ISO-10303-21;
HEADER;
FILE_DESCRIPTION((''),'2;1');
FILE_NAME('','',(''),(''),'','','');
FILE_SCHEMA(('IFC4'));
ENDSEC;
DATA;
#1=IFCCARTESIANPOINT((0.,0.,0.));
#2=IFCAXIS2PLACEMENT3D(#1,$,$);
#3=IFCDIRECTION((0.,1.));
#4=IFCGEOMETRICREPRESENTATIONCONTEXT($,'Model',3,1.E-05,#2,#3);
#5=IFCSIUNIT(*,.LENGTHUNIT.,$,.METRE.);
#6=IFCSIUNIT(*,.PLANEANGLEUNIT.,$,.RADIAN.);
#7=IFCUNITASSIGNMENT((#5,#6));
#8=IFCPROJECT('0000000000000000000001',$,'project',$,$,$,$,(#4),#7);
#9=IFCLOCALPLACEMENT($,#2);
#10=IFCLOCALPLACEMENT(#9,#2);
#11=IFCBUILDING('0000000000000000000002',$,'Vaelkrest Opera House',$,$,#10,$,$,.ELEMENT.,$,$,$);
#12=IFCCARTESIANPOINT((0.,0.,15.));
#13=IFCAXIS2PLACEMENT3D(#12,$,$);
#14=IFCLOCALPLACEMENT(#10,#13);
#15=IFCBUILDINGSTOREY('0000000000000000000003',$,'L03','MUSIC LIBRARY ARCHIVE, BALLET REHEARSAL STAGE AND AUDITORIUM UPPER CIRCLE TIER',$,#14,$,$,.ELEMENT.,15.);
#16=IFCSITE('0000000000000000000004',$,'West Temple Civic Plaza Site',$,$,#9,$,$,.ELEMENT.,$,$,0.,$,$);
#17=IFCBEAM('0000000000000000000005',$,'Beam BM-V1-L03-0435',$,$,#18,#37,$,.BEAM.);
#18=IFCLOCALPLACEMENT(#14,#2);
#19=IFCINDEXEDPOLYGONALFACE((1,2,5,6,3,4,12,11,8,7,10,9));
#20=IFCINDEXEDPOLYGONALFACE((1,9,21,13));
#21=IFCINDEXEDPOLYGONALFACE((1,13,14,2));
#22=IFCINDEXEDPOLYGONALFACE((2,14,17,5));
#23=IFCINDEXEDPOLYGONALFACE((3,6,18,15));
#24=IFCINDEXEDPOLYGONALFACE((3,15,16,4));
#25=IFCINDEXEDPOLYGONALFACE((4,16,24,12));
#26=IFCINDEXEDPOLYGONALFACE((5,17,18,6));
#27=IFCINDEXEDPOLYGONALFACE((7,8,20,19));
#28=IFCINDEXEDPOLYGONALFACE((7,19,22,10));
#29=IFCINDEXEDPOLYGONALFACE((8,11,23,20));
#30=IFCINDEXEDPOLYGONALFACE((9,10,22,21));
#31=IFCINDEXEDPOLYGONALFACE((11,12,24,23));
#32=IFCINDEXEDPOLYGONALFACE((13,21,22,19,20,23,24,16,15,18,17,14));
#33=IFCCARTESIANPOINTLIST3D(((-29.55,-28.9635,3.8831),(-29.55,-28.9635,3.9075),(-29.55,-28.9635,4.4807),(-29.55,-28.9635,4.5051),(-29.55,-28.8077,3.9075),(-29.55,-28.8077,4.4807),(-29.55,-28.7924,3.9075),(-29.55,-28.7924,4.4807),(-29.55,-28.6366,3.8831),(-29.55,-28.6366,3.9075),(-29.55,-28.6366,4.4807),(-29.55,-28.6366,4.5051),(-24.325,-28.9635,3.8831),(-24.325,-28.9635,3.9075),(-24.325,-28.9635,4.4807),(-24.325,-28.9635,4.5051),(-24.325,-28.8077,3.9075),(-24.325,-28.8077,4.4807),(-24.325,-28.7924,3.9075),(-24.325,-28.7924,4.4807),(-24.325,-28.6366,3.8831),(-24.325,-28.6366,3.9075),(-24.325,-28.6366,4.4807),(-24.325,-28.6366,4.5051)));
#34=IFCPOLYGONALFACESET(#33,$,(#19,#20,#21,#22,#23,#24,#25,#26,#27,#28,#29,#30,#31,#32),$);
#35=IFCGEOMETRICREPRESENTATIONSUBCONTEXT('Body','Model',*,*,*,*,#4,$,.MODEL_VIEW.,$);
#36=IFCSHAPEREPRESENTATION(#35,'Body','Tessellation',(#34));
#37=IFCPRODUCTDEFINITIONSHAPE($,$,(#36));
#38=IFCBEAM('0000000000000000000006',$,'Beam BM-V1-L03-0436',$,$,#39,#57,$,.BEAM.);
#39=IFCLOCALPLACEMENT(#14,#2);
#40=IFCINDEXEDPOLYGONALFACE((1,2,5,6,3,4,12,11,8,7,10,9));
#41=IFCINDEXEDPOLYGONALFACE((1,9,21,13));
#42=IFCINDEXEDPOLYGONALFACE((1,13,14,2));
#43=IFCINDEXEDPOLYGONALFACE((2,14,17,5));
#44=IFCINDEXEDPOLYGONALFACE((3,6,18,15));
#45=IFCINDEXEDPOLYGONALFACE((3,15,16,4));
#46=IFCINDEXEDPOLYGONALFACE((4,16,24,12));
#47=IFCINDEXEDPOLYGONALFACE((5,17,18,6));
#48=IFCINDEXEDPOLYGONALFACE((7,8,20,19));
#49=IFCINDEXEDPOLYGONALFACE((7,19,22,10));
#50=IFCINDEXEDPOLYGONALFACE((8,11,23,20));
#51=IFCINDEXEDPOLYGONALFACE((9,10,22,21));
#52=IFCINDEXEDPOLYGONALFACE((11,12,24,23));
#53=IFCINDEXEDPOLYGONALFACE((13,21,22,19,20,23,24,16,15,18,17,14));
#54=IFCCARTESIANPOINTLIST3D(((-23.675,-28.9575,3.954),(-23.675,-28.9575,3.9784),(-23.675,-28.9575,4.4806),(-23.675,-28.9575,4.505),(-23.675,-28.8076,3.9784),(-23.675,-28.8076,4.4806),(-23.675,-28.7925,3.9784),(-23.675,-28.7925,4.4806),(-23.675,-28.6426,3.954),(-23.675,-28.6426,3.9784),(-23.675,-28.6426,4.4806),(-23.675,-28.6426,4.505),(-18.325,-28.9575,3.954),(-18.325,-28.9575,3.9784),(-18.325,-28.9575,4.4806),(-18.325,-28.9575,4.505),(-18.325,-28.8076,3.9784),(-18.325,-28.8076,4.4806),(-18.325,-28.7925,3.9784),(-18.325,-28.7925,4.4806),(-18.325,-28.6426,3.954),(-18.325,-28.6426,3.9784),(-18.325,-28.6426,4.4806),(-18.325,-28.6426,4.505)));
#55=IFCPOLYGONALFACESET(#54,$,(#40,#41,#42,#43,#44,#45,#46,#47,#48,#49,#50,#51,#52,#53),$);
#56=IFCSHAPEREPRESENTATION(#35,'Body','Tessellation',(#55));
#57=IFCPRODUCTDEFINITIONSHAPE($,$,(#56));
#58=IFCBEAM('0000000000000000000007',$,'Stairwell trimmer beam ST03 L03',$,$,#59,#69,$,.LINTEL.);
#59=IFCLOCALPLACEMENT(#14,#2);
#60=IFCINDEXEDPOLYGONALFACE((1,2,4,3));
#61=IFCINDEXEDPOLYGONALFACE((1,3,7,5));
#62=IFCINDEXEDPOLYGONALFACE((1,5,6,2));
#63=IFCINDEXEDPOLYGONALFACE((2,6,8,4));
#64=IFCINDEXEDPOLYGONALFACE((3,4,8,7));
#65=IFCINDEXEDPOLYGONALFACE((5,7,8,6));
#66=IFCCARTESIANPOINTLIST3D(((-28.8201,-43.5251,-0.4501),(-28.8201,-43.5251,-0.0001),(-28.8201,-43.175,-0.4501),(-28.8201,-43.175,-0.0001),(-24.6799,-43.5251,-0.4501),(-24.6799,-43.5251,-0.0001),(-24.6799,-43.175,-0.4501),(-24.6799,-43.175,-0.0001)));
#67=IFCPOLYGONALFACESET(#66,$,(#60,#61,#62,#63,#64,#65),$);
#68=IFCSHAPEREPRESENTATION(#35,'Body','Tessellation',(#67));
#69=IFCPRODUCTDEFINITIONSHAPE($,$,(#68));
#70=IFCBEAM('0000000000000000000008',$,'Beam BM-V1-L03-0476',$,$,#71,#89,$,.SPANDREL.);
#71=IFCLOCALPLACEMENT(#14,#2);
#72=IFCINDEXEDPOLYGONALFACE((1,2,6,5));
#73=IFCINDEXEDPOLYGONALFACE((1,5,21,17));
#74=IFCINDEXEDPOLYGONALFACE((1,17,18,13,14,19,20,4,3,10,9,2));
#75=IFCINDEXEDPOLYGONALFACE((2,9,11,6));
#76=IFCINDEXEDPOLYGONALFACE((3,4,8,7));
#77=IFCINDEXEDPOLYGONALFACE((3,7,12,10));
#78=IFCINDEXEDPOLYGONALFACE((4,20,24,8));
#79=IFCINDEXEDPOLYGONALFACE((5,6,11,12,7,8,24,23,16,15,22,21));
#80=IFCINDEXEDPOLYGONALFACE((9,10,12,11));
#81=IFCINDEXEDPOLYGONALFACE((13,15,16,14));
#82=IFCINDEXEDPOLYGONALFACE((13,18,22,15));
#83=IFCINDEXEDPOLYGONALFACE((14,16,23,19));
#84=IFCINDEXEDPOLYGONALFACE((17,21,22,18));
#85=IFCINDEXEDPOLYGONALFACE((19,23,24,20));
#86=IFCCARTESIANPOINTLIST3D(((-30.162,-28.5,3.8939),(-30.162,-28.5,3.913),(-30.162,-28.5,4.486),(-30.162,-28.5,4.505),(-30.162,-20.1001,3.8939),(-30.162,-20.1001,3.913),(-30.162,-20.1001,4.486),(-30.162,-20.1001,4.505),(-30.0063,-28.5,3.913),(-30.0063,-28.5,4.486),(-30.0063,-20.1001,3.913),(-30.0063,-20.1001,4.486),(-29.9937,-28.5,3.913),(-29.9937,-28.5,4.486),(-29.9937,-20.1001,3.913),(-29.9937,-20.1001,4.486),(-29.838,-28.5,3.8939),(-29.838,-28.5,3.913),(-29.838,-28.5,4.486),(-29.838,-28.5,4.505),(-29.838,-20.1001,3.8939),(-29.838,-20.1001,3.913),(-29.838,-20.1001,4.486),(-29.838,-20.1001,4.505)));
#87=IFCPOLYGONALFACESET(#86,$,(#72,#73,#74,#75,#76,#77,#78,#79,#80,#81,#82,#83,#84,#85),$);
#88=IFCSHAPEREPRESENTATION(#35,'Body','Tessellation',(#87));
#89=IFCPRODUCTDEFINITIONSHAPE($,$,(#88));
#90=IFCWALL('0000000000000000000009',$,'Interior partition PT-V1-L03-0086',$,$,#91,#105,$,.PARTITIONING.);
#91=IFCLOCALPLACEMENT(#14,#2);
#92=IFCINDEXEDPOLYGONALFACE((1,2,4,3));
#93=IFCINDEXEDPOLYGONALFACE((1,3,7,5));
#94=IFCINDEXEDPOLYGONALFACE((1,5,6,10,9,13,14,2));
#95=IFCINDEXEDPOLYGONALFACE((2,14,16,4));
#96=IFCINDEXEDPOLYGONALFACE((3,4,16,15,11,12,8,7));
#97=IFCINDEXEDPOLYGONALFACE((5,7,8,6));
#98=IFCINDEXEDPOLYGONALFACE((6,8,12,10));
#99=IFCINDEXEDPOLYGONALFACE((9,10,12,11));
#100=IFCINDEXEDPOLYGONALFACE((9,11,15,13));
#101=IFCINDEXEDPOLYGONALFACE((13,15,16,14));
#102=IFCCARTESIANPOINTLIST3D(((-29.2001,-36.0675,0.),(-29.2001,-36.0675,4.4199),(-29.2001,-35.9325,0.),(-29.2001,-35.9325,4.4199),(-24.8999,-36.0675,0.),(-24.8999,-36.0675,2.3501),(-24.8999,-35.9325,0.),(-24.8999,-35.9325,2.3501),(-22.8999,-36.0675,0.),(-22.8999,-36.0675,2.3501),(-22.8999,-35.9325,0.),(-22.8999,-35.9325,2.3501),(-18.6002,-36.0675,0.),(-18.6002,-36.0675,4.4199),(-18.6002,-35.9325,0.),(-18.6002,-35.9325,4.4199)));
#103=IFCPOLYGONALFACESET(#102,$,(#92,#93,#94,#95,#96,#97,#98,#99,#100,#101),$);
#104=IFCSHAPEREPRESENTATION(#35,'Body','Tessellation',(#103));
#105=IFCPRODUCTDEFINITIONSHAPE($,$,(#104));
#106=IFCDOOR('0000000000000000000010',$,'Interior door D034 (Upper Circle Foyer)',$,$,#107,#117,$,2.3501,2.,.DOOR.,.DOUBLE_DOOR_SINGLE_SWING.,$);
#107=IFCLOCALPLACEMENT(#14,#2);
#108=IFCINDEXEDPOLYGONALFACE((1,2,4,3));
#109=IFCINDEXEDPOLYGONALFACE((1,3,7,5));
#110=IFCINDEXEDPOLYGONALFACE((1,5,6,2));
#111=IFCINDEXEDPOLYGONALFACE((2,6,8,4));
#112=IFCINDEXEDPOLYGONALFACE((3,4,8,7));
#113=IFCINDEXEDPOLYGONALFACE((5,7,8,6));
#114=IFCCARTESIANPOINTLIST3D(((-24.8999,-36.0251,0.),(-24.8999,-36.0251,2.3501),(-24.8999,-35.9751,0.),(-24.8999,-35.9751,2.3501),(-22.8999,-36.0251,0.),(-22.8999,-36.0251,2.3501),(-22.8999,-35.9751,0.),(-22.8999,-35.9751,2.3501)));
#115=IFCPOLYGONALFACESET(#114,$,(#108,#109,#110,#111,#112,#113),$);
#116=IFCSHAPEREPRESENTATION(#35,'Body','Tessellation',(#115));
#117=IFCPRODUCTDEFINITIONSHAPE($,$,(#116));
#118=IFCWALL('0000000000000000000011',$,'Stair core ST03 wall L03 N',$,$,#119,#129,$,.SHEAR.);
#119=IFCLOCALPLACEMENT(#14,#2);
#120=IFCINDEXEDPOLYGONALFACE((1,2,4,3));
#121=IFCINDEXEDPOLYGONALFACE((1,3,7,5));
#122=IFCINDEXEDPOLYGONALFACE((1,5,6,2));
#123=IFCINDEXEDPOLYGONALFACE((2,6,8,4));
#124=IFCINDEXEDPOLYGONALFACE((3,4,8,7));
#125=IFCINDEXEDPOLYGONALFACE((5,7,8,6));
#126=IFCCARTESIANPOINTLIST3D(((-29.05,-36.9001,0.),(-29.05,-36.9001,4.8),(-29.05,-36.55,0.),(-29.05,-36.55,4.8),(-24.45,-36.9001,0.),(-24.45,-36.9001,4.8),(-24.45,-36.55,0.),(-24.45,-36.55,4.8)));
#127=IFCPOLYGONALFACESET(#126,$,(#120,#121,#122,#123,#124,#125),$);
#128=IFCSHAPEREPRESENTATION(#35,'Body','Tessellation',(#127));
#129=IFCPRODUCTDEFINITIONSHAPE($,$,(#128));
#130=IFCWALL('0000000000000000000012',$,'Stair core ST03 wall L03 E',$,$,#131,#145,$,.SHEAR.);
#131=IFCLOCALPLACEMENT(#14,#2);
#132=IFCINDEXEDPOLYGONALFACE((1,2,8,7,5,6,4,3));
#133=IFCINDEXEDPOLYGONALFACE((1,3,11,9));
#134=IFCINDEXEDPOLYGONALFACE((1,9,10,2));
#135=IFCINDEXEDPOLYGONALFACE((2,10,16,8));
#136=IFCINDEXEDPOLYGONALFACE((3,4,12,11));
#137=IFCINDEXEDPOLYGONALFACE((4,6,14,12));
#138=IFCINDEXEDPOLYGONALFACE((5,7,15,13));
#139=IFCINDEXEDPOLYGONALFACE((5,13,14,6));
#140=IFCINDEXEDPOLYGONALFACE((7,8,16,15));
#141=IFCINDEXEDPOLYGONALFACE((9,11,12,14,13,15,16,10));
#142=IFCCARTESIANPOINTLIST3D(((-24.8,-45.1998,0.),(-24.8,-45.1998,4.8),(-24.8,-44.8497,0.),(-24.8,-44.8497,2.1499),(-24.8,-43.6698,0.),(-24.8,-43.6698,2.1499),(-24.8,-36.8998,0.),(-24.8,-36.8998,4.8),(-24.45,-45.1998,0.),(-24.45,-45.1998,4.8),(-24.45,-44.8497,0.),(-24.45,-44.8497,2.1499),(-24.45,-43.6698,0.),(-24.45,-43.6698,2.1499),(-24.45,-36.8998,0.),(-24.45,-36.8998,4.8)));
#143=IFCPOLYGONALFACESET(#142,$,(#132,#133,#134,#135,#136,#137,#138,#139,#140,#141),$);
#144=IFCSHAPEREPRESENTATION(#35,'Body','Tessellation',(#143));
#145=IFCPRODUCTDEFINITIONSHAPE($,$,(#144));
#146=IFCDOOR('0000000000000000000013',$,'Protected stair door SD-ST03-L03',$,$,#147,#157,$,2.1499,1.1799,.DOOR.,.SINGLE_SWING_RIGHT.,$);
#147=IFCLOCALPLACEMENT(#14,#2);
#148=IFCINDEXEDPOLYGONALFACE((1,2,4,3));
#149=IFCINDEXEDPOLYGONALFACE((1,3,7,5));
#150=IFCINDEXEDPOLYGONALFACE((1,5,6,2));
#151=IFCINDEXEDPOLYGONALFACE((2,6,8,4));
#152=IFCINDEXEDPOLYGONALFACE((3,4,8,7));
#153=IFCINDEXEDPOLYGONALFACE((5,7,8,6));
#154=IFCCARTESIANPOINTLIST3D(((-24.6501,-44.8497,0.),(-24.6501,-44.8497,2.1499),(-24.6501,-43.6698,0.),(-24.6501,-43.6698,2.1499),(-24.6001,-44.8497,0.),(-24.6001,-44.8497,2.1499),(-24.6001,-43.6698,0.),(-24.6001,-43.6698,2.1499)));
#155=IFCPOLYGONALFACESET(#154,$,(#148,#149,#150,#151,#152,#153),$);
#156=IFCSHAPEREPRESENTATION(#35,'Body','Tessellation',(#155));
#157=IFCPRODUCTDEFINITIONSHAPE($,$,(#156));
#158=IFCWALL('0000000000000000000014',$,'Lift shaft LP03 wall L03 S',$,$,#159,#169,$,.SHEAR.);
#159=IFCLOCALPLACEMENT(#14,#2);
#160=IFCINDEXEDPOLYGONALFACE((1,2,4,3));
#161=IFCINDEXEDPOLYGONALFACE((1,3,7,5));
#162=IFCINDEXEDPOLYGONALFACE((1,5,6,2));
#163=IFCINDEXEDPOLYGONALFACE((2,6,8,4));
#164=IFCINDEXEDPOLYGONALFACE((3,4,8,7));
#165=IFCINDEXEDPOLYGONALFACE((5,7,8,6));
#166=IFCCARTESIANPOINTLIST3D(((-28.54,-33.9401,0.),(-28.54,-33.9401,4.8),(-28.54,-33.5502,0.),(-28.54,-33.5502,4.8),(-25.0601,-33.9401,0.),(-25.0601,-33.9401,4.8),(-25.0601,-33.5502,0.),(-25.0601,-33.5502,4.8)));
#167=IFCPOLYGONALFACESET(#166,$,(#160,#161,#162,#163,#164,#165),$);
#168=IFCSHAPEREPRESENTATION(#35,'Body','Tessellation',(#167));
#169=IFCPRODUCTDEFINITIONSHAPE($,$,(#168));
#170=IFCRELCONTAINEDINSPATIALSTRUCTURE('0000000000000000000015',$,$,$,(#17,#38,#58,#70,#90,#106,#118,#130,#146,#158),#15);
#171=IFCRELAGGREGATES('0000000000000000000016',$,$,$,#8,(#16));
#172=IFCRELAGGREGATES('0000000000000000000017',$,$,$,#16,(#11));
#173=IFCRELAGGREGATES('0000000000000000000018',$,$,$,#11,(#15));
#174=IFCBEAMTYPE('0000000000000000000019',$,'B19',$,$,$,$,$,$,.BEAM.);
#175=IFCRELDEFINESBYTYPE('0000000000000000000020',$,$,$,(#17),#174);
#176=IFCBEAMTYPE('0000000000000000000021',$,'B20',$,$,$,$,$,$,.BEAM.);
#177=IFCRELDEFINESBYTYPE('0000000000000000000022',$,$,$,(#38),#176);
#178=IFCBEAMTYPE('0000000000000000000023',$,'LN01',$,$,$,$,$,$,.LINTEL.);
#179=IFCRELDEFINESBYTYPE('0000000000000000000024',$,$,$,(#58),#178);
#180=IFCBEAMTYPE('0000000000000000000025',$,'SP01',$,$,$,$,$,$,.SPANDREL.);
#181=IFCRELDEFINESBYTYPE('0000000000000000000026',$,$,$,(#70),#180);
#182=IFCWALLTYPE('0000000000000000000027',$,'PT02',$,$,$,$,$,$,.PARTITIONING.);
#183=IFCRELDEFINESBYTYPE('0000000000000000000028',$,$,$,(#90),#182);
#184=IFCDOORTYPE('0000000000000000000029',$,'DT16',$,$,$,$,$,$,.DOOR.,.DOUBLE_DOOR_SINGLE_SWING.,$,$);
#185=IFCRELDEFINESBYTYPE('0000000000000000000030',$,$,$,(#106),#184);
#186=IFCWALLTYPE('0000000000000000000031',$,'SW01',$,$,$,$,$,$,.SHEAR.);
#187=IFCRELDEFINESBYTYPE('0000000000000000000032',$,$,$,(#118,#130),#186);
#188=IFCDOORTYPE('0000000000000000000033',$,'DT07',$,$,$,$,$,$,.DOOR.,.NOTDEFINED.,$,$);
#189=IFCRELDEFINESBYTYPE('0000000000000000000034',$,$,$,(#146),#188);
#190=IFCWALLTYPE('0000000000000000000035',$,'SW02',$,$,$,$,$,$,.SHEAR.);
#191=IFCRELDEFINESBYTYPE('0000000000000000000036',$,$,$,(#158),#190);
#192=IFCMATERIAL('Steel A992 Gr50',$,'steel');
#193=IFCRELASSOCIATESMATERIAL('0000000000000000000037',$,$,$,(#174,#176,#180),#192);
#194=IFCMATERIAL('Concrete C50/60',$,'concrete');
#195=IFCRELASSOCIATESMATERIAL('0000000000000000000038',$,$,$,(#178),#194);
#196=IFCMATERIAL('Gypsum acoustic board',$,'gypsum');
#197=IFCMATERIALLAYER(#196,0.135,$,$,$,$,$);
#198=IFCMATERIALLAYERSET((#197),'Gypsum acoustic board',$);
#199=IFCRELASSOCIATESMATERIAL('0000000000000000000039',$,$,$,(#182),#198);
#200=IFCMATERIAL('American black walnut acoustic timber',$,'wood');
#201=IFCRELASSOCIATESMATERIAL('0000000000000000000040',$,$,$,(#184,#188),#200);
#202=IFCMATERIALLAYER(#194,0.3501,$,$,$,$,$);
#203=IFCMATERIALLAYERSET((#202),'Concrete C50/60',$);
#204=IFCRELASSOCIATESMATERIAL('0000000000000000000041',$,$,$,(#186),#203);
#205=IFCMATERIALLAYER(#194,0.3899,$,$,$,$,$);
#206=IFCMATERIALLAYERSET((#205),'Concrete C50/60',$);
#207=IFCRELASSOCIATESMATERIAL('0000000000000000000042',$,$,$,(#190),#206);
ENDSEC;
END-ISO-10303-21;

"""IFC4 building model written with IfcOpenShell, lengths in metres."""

from ifc_helpers import new_model, si_unit, direction, frame, frame_2d, origin, origin_2d, place, context, subcontext, project, spatial, rectangle, i_section, extrude, material, layer, layer_set, material_profile, profile_set, type_object, element, fill, save


model = new_model("IFC4")

# Units and contexts
model_context = context("Model", 3, precision=1e-05, world=origin(), true_north=direction((0.0, 1.0)))
body_context = subcontext(model_context, "Body", "Model", "MODEL_VIEW")
ifc_project = project(units=[si_unit("LENGTHUNIT", "METRE"), si_unit("PLANEANGLEUNIT", "RADIAN")], contexts=[model_context])

# Site, building, storey
site_placement = place(None, origin())
site = spatial("IfcSite", under=ifc_project, at=site_placement, Name="West Temple Civic Plaza Site", CompositionType="ELEMENT", RefElevation=0.0)
building_placement = place(site_placement, origin())
building = spatial("IfcBuilding", under=site, at=building_placement, Name="Vaelkrest Opera House", CompositionType="ELEMENT")
storey_placement = place(building_placement, frame((0.0, 0.0, 15.0)))
storey = spatial("IfcBuildingStorey", under=building, at=storey_placement, Name="L03", Description="MUSIC LIBRARY ARCHIVE, BALLET REHEARSAL STAGE AND AUDITORIUM UPPER CIRCLE TIER", CompositionType="ELEMENT", Elevation=15.0)

# Shared definitions
ifc_material_1 = material(Name="Concrete C50/60", Category="concrete")

# Beams
ifc_material_2 = material(Name="Steel A992 Gr50", Category="steel")
ifc_material_profile_1 = material_profile(ifc_material_2, i_section(OverallWidth=0.3269, OverallDepth=0.6221, WebThickness=0.0154, FlangeThickness=0.0244, at=origin_2d()), Name="W24X131")
ifc_profile_set_1 = profile_set([ifc_material_profile_1], Name="Steel A992 Gr50")
beam_type_1 = type_object("IfcBeamType", Name="B19", PredefinedType="BEAM", material=ifc_profile_set_1)
beam_1_placement = place(storey_placement, frame((-29.55, -28.8, 4.1941), z_axis=(1.0, 0.0, 0.0), x_axis=(0.0, 1.0, 0.0)))
element("IfcBeam", 1, at=beam_1_placement, inside=storey, type_object=beam_type_1, Name="Beam BM-V1-L03-0435", PredefinedType="BEAM", context=body_context, shape_type="SweptSolid", body=[
    extrude(i_section(OverallWidth=0.3269, OverallDepth=0.6221, WebThickness=0.0154, FlangeThickness=0.0244, at=origin_2d()), origin(), (0.0, 0.0, 1.0), 5.2251),
])
ifc_material_profile_2 = material_profile(ifc_material_2, i_section(OverallWidth=0.3149, OverallDepth=0.551, WebThickness=0.0151, FlangeThickness=0.0244, at=origin_2d()), Name="W21X122")
ifc_profile_set_2 = profile_set([ifc_material_profile_2], Name="Steel A992 Gr50")
beam_type_2 = type_object("IfcBeamType", Name="B20", PredefinedType="BEAM", material=ifc_profile_set_2)
beam_2_placement = place(storey_placement, frame((-23.675, -28.8, 4.2295), z_axis=(1.0, 0.0, 0.0), x_axis=(0.0, 1.0, 0.0)))
element("IfcBeam", 2, at=beam_2_placement, inside=storey, type_object=beam_type_2, Name="Beam BM-V1-L03-0436", PredefinedType="BEAM", context=body_context, shape_type="SweptSolid", body=[
    extrude(i_section(OverallWidth=0.3149, OverallDepth=0.551, WebThickness=0.0151, FlangeThickness=0.0244, at=origin_2d()), origin(), (0.0, 0.0, 1.0), 5.3501),
])
ifc_material_profile_3 = material_profile(ifc_material_1, rectangle(XDim=0.3501, YDim=0.45, at=origin_2d()), Name="RCB350X450")
ifc_profile_set_3 = profile_set([ifc_material_profile_3], Name="Concrete C50/60")
beam_type_3 = type_object("IfcBeamType", Name="LN01", PredefinedType="LINTEL", material=ifc_profile_set_3)
beam_3_placement = place(storey_placement, frame((-28.8201, -43.3501, -0.2251), z_axis=(1.0, 0.0, 0.0), x_axis=(0.0, 1.0, 0.0)))
element("IfcBeam", 3, at=beam_3_placement, inside=storey, type_object=beam_type_3, Name="Stairwell trimmer beam ST03 L03", PredefinedType="LINTEL", context=body_context, shape_type="SweptSolid", body=[
    extrude(rectangle(XDim=0.3501, YDim=0.45, at=origin_2d()), origin(), (0.0, 0.0, 1.0), 4.1401),
])
ifc_material_profile_4 = material_profile(ifc_material_2, i_section(OverallWidth=0.324, OverallDepth=0.6111, WebThickness=0.0127, FlangeThickness=0.019, at=origin_2d()), Name="W24X104")
ifc_profile_set_4 = profile_set([ifc_material_profile_4], Name="Steel A992 Gr50")
beam_type_4 = type_object("IfcBeamType", Name="SP01", PredefinedType="SPANDREL", material=ifc_profile_set_4)
beam_4_placement = place(storey_placement, frame((-30.0, -28.5, 4.1995), z_axis=(0.0, 1.0, 0.0), x_axis=(-1.0, 0.0, 0.0)))
element("IfcBeam", 4, at=beam_4_placement, inside=storey, type_object=beam_type_4, Name="Beam BM-V1-L03-0476", PredefinedType="SPANDREL", context=body_context, shape_type="SweptSolid", body=[
    extrude(i_section(OverallWidth=0.324, OverallDepth=0.6111, WebThickness=0.0127, FlangeThickness=0.019, at=origin_2d()), origin(), (0.0, 0.0, 1.0), 8.3999),
])

# Wall, opening, door
ifc_material_3 = material(Name="Gypsum acoustic board", Category="gypsum")
ifc_layer_1 = layer(ifc_material_3, 0.135)
ifc_layer_set_1 = layer_set([ifc_layer_1], Name="Gypsum acoustic board")
wall_type_1 = type_object("IfcWallType", Name="PT02", PredefinedType="PARTITIONING", material=ifc_layer_set_1)
wall_1_placement = place(storey_placement, frame((-29.2, -36.0, 0.0), z_axis=(0.0, 0.0, 1.0), x_axis=(1.0, 0.0, 0.0)))
wall_1 = element("IfcWall", 5, at=wall_1_placement, inside=storey, type_object=wall_type_1, Name="Interior partition PT-V1-L03-0086", PredefinedType="PARTITIONING", context=body_context, shape_type="SweptSolid", body=[
    extrude(rectangle(XDim=10.5999, YDim=0.135, at=frame_2d((5.2998, 0.0))), origin(), (0.0, 0.0, 1.0), 4.4199),
])
opening_1_placement = place(wall_1_placement, frame((4.3, 0.0, 0.0)))
opening_1 = element("IfcOpeningElement", 6, at=opening_1_placement, cuts=wall_1, PredefinedType="OPENING", context=body_context, shape_type="SweptSolid", body=[
    extrude(rectangle(XDim=2.0, YDim=2.3501, at=frame_2d((1.0, 1.175))), frame((0.0, 0.0774, 0.0), z_axis=(0.0, -1.0, 0.0), x_axis=(1.0, 0.0, 0.0)), (0.0, 0.0, 1.0), 0.155),
])
ifc_material_4 = material(Name="American black walnut acoustic timber", Category="wood")
door_type_1 = type_object("IfcDoorType", Name="DT16", OperationType="DOUBLE_DOOR_SINGLE_SWING", PredefinedType="DOOR", material=ifc_material_4)
door_1_placement = place(opening_1_placement, origin())
door_1 = element("IfcDoor", 7, at=door_1_placement, inside=storey, type_object=door_type_1, Name="Interior door D034 (Upper Circle Foyer)", OperationType="DOUBLE_DOOR_SINGLE_SWING", OverallHeight=2.3501, OverallWidth=2.0, PredefinedType="DOOR", context=body_context, shape_type="SweptSolid", body=[
    extrude(rectangle(XDim=2.0, YDim=2.3501, at=frame_2d((1.0, 1.175))), frame((0.0, 0.0249, 0.0), z_axis=(0.0, -1.0, 0.0), x_axis=(1.0, 0.0, 0.0)), (0.0, 0.0, 1.0), 0.05),
])
fill(opening_1, door_1)

# Wall
ifc_layer_2 = layer(ifc_material_1, 0.3501)
ifc_layer_set_2 = layer_set([ifc_layer_2], Name="Concrete C50/60")
wall_type_2 = type_object("IfcWallType", Name="SW01", PredefinedType="SHEAR", material=ifc_layer_set_2)
wall_2_placement = place(storey_placement, frame((-29.05, -36.7251, 0.0), z_axis=(0.0, 0.0, 1.0), x_axis=(1.0, 0.0, 0.0)))
element("IfcWall", 8, at=wall_2_placement, inside=storey, type_object=wall_type_2, Name="Stair core ST03 wall L03 N", PredefinedType="SHEAR", context=body_context, shape_type="SweptSolid", body=[
    extrude(rectangle(XDim=4.6001, YDim=0.3501, at=frame_2d((2.3, 0.0))), origin(), (0.0, 0.0, 1.0), 4.8),
])

# Wall, opening, door
wall_3_placement = place(storey_placement, frame((-24.625, -36.8999, 0.0), z_axis=(0.0, 0.0, 1.0), x_axis=(0.0, -1.0, 0.0)))
wall_3 = element("IfcWall", 9, at=wall_3_placement, inside=storey, type_object=wall_type_2, Name="Stair core ST03 wall L03 E", PredefinedType="SHEAR", context=body_context, shape_type="SweptSolid", body=[
    extrude(rectangle(XDim=8.3, YDim=0.3501, at=frame_2d((4.1499, 0.0))), origin(), (0.0, 0.0, 1.0), 4.8),
])
opening_2_placement = place(wall_3_placement, frame((6.77, 0.0, 0.0)))
opening_2 = element("IfcOpeningElement", 10, at=opening_2_placement, cuts=wall_3, PredefinedType="OPENING", context=body_context, shape_type="SweptSolid", body=[
    extrude(rectangle(XDim=1.1799, YDim=2.1499, at=frame_2d((0.5898, 1.075))), frame((0.0, 0.1851, 0.0), z_axis=(0.0, -1.0, 0.0), x_axis=(1.0, 0.0, 0.0)), (0.0, 0.0, 1.0), 0.3701),
])
door_type_2 = type_object("IfcDoorType", Name="DT07", OperationType="NOTDEFINED", PredefinedType="DOOR", material=ifc_material_4)
door_2_placement = place(opening_2_placement, origin())
door_2 = element("IfcDoor", 11, at=door_2_placement, inside=storey, type_object=door_type_2, Name="Protected stair door SD-ST03-L03", OperationType="SINGLE_SWING_RIGHT", OverallHeight=2.1499, OverallWidth=1.1799, PredefinedType="DOOR", context=body_context, shape_type="SweptSolid", body=[
    extrude(rectangle(XDim=1.1799, YDim=2.1499, at=frame_2d((0.5898, 1.075))), frame((0.0, 0.0249, 0.0), z_axis=(0.0, -1.0, 0.0), x_axis=(1.0, 0.0, 0.0)), (0.0, 0.0, 1.0), 0.05),
])
fill(opening_2, door_2)

# Wall
ifc_layer_3 = layer(ifc_material_1, 0.3899)
ifc_layer_set_3 = layer_set([ifc_layer_3], Name="Concrete C50/60")
wall_type_3 = type_object("IfcWallType", Name="SW02", PredefinedType="SHEAR", material=ifc_layer_set_3)
wall_4_placement = place(storey_placement, frame((-25.0601, -33.7451, 0.0), z_axis=(0.0, 0.0, 1.0), x_axis=(-1.0, 0.0, 0.0)))
element("IfcWall", 12, at=wall_4_placement, inside=storey, type_object=wall_type_3, Name="Lift shaft LP03 wall L03 S", PredefinedType="SHEAR", context=body_context, shape_type="SweptSolid", body=[
    extrude(rectangle(XDim=3.48, YDim=0.3899, at=frame_2d((1.74, 0.0))), origin(), (0.0, 0.0, 1.0), 4.8),
])

save(model, "model.ifc")
